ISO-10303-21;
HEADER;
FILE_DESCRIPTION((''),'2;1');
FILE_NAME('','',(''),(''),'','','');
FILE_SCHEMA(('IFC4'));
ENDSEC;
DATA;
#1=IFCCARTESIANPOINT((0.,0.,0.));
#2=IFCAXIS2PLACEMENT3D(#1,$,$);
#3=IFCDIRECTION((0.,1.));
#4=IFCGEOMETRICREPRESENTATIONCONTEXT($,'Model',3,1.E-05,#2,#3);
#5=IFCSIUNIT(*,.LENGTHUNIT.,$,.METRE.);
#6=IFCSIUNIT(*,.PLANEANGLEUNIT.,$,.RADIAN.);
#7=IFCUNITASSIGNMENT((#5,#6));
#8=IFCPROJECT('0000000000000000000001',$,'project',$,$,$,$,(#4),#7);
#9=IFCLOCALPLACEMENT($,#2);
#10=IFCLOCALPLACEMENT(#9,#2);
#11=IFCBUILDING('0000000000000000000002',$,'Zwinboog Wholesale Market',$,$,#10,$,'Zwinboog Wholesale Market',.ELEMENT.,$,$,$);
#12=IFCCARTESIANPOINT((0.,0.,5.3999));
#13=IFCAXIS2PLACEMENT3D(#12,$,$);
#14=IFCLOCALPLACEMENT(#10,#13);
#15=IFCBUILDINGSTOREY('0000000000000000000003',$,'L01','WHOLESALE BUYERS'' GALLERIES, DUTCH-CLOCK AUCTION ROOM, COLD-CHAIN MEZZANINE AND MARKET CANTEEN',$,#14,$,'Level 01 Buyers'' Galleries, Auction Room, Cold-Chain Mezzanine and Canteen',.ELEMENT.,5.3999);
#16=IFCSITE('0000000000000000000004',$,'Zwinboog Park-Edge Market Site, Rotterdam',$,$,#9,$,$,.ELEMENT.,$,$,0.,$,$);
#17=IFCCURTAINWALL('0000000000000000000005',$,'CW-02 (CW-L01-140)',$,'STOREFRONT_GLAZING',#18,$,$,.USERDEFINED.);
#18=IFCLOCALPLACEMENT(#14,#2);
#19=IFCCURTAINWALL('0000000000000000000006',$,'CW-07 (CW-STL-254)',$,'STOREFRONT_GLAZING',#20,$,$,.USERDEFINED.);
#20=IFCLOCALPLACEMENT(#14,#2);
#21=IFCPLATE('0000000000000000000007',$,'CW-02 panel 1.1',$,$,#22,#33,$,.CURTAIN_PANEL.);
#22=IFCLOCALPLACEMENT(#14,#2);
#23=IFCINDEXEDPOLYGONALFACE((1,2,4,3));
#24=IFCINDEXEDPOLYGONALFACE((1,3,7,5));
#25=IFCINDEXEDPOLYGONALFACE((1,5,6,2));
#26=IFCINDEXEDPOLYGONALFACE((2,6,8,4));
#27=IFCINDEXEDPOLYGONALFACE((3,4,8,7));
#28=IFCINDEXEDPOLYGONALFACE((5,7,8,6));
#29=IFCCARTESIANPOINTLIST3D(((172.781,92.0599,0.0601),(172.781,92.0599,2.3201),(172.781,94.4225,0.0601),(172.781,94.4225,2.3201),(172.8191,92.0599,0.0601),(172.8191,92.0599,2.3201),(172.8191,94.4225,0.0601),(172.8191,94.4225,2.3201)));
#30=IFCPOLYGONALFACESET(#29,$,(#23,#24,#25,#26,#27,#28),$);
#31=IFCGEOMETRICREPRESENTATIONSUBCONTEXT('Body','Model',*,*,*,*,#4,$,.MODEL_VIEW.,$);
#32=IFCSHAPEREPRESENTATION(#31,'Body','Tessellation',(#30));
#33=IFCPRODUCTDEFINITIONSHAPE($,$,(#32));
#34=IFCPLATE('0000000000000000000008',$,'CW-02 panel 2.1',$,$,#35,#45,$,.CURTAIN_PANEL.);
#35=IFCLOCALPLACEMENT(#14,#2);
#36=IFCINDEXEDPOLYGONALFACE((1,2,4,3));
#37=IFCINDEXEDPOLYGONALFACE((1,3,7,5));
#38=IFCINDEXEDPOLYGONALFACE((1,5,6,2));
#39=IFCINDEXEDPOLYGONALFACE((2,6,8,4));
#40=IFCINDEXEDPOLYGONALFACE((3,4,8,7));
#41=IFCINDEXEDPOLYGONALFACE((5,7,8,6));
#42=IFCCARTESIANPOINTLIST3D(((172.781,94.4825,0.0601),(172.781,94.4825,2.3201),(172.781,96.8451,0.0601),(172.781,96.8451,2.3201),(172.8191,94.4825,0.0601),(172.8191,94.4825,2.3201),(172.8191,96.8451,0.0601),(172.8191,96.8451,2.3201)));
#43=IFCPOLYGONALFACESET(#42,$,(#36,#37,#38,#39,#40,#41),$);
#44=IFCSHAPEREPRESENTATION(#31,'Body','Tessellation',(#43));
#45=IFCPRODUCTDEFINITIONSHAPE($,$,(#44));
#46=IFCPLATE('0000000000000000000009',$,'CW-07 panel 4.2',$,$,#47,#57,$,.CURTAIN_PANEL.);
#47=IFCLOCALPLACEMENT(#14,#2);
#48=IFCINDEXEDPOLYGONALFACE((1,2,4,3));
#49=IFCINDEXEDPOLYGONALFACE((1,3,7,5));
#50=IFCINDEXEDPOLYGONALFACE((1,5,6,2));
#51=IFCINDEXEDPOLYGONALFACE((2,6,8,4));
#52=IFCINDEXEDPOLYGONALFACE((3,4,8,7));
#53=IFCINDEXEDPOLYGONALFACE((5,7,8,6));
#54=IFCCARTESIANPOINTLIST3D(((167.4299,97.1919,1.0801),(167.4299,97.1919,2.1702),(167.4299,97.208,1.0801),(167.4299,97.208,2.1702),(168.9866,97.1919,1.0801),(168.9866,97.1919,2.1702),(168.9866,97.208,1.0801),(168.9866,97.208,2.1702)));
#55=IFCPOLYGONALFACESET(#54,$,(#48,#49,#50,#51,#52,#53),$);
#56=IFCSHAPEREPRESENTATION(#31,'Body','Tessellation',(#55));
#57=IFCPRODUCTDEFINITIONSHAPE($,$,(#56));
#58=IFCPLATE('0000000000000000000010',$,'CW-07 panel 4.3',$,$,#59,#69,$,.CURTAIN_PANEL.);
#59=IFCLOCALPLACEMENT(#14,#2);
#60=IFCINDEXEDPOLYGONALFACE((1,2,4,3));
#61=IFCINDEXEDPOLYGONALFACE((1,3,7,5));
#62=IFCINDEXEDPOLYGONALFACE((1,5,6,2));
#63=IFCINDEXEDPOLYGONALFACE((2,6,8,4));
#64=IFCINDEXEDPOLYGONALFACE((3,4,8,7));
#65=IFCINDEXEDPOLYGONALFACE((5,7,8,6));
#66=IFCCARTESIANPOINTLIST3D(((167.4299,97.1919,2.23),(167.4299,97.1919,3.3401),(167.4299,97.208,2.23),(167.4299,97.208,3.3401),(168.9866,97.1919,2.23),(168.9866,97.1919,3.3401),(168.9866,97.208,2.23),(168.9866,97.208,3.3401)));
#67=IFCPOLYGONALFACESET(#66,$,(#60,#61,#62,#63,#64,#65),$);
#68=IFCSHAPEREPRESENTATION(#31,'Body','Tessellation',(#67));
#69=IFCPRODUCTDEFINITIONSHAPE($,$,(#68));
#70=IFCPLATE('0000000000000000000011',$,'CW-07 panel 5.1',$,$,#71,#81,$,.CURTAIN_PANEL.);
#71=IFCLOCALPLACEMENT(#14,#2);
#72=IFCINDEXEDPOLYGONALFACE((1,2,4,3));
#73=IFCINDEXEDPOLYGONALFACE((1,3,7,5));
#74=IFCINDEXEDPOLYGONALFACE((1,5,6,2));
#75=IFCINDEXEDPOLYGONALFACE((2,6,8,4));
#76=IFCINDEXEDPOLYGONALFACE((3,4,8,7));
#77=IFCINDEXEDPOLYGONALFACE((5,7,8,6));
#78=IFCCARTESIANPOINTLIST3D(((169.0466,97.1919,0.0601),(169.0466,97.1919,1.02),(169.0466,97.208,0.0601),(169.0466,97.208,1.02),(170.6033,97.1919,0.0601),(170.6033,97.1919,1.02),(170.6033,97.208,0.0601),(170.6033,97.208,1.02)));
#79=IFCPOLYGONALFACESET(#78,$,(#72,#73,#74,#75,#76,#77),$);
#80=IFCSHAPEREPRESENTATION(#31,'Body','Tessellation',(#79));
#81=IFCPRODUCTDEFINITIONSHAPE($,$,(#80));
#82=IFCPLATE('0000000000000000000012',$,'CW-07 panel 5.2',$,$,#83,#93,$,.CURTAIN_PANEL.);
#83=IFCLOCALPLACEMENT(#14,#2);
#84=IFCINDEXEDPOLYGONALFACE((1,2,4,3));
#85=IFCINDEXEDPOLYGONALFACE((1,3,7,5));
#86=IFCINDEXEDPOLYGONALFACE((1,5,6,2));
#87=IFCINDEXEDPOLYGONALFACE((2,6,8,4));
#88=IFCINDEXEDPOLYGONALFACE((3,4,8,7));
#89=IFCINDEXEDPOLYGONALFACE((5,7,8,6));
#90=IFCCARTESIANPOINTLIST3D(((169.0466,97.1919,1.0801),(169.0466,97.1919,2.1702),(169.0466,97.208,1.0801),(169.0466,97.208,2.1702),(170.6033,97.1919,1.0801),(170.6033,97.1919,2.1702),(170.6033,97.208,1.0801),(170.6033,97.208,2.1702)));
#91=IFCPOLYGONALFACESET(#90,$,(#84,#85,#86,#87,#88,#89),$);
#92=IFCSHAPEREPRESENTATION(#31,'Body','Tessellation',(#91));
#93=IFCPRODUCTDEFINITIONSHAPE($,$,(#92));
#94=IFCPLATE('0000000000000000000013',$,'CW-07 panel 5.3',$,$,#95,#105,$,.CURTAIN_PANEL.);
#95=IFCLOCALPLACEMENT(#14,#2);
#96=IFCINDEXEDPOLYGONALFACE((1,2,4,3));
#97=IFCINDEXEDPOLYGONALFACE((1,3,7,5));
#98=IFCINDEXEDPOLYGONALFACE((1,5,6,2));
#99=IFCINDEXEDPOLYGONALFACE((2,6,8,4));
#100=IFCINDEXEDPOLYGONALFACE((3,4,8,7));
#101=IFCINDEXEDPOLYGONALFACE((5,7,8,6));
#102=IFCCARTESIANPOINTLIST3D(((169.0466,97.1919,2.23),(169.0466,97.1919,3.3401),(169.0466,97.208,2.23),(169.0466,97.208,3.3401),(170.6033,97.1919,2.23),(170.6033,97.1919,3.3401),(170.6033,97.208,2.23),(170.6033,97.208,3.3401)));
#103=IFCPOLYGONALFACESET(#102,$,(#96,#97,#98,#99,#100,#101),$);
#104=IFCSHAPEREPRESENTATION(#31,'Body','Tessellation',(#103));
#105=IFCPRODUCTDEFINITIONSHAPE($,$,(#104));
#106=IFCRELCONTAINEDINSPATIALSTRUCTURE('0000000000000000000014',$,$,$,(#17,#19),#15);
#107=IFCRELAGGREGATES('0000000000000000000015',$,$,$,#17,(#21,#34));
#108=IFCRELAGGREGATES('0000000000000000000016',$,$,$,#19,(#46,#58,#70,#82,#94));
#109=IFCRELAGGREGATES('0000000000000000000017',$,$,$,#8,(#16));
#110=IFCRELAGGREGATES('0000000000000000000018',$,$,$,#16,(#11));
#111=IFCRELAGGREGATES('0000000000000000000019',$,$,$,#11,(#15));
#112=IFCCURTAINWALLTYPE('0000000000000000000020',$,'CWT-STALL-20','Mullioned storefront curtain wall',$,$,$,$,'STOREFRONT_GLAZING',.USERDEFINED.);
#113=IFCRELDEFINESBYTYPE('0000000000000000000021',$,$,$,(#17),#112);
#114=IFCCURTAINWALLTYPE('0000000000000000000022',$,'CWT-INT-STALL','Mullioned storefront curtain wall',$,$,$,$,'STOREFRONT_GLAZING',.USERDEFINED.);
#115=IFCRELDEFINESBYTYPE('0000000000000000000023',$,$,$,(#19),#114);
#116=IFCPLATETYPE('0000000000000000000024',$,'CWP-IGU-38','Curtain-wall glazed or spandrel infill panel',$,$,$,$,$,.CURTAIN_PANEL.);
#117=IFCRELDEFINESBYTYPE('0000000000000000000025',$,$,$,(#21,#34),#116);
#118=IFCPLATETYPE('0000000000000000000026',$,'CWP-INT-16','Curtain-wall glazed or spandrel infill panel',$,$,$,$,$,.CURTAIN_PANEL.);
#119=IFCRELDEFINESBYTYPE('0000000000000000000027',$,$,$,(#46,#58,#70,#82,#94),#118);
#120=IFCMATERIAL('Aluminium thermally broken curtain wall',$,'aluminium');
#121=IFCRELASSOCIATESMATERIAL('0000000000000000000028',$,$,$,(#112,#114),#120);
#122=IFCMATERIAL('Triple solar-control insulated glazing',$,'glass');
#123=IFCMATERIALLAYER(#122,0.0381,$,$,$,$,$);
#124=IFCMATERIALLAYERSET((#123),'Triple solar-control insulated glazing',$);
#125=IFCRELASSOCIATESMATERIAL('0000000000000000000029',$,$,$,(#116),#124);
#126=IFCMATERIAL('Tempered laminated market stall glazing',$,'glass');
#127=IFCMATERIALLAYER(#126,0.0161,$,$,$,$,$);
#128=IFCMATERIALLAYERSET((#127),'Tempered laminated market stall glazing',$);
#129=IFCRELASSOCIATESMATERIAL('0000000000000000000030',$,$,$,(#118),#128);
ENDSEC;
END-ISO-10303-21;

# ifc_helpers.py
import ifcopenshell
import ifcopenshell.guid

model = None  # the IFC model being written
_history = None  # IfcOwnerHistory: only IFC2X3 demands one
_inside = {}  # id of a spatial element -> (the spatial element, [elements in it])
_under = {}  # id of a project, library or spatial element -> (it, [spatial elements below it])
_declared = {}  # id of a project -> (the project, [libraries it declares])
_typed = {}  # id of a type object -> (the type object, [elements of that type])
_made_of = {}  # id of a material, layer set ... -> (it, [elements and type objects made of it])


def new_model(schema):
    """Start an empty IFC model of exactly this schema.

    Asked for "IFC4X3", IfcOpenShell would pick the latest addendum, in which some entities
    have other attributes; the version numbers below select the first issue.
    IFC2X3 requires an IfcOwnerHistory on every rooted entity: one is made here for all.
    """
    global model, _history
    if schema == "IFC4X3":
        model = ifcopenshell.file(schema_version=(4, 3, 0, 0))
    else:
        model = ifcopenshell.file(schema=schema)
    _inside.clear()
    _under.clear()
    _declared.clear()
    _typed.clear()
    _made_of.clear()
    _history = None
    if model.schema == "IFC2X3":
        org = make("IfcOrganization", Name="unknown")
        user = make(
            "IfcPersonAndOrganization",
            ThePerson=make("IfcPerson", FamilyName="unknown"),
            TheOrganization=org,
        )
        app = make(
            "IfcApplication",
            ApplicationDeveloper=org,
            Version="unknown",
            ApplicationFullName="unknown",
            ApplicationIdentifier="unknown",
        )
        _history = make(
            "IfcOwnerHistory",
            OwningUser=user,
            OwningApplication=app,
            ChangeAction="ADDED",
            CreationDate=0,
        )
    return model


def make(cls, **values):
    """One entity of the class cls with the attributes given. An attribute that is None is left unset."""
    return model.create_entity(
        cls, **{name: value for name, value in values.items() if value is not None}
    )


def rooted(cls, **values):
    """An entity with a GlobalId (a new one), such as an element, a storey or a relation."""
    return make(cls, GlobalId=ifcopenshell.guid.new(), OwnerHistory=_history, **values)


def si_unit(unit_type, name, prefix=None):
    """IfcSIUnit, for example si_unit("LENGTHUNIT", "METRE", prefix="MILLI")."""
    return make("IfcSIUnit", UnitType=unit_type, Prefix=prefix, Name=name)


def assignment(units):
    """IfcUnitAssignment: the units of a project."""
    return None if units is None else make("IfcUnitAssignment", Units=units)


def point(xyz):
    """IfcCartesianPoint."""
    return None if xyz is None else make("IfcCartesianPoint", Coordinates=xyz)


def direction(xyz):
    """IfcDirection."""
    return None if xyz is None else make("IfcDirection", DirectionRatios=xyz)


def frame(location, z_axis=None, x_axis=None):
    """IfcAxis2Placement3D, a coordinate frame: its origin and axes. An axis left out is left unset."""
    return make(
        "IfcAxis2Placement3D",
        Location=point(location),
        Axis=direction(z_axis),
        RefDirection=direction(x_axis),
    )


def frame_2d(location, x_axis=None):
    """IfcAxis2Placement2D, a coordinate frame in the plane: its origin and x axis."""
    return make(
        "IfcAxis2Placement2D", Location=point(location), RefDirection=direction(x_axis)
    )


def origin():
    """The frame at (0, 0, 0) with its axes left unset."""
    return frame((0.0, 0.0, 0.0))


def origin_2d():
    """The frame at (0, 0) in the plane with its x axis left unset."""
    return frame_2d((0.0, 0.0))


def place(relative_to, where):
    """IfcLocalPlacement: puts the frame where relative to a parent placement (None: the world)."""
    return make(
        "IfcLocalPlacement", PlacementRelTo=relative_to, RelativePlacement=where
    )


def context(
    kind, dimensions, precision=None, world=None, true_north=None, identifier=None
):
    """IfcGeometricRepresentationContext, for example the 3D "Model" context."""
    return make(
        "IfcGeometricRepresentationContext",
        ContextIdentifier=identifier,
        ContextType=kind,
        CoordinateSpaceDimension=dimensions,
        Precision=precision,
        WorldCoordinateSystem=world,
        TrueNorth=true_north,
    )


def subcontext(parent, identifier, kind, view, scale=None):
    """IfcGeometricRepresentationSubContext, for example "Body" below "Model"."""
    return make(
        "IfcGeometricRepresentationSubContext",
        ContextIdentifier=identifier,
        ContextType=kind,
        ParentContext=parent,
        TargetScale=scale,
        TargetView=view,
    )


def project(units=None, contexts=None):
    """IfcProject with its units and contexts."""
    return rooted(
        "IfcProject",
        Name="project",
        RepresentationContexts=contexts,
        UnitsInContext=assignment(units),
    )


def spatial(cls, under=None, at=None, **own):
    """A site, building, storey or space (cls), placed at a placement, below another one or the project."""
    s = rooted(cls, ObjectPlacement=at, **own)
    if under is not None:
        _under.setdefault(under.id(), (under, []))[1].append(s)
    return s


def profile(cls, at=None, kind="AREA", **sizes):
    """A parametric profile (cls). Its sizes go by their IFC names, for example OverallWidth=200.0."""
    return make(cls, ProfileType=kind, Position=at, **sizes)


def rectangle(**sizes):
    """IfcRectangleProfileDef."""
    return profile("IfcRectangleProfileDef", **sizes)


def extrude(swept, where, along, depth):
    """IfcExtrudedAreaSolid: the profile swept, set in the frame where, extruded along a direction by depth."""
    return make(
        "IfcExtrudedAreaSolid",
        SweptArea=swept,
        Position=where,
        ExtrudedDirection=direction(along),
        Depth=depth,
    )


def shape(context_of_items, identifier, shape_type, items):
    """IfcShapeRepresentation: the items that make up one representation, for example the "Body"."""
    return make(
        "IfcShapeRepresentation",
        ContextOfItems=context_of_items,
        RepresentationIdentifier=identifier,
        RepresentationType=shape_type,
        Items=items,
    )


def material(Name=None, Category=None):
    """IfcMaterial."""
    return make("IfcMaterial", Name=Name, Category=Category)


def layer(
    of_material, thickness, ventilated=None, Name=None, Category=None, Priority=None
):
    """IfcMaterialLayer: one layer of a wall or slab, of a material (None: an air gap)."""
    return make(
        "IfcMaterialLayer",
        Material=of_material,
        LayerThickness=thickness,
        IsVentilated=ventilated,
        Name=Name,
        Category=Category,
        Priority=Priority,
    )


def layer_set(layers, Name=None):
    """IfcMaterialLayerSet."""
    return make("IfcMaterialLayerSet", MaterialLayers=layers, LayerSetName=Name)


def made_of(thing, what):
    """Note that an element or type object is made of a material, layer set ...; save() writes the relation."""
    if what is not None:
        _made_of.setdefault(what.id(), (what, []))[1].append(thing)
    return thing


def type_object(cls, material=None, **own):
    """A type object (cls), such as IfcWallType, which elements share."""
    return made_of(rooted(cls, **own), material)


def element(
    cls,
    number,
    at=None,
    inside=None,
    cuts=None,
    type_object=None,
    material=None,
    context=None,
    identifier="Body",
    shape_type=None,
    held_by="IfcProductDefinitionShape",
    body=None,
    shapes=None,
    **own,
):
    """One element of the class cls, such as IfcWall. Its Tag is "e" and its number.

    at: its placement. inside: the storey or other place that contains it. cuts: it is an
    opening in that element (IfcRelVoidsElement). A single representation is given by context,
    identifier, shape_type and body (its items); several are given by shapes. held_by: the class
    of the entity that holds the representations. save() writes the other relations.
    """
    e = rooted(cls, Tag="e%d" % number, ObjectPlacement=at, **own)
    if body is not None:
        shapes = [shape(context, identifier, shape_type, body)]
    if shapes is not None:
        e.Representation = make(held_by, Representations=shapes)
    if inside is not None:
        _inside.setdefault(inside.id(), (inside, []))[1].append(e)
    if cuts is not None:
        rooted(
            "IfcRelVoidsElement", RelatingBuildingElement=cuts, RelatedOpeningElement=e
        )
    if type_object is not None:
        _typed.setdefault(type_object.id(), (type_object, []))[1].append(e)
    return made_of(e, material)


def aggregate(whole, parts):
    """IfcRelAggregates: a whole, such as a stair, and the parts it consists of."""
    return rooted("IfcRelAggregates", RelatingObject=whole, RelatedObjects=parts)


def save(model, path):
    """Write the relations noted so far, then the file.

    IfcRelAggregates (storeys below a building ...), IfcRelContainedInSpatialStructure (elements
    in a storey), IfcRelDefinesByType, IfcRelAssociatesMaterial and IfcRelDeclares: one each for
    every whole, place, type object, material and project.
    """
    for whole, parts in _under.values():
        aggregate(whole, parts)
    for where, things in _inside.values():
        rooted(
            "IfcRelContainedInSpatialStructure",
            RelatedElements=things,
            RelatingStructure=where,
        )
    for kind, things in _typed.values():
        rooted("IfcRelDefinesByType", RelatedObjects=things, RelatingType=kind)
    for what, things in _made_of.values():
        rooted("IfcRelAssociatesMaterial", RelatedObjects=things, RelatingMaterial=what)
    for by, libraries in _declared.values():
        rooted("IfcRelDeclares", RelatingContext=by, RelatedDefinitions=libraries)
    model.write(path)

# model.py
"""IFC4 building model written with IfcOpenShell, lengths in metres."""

from ifc_helpers import new_model, si_unit, direction, frame, origin, origin_2d, place, context, subcontext, project, spatial, rectangle, extrude, material, layer, layer_set, type_object, element, aggregate, save


model = new_model("IFC4")

# Units and contexts
model_context = context("Model", 3, precision=1e-05, world=origin(), true_north=direction((0.0, 1.0)))
body_context = subcontext(model_context, "Body", "Model", "MODEL_VIEW")
ifc_project = project(units=[si_unit("LENGTHUNIT", "METRE"), si_unit("PLANEANGLEUNIT", "RADIAN")], contexts=[model_context])

# Site, building, storey
site_placement = place(None, origin())
site = spatial("IfcSite", under=ifc_project, at=site_placement, Name="Zwinboog Park-Edge Market Site, Rotterdam", CompositionType="ELEMENT", RefElevation=0.0)
building_placement = place(site_placement, origin())
building = spatial("IfcBuilding", under=site, at=building_placement, Name="Zwinboog Wholesale Market", LongName="Zwinboog Wholesale Market", CompositionType="ELEMENT")
storey_placement = place(building_placement, frame((0.0, 0.0, 5.3999)))
storey = spatial("IfcBuildingStorey", under=building, at=storey_placement, Name="L01", Description="WHOLESALE BUYERS' GALLERIES, DUTCH-CLOCK AUCTION ROOM, COLD-CHAIN MEZZANINE AND MARKET CANTEEN", LongName="Level 01 Buyers' Galleries, Auction Room, Cold-Chain Mezzanine and Canteen", CompositionType="ELEMENT", Elevation=5.3999)

# Curtain walls
ifc_material_1 = material(Name="Aluminium thermally broken curtain wall", Category="aluminium")
curtain_wall_type_1 = type_object("IfcCurtainWallType", Name="CWT-STALL-20", Description="Mullioned storefront curtain wall", ElementType="STOREFRONT_GLAZING", PredefinedType="USERDEFINED", material=ifc_material_1)
curtain_wall_1_placement = place(storey_placement, origin())
curtain_wall_1 = element("IfcCurtainWall", 1, at=curtain_wall_1_placement, inside=storey, type_object=curtain_wall_type_1, Name="CW-02 (CW-L01-140)", ObjectType="STOREFRONT_GLAZING", PredefinedType="USERDEFINED")
curtain_wall_type_2 = type_object("IfcCurtainWallType", Name="CWT-INT-STALL", Description="Mullioned storefront curtain wall", ElementType="STOREFRONT_GLAZING", PredefinedType="USERDEFINED", material=ifc_material_1)
curtain_wall_2_placement = place(storey_placement, origin())
curtain_wall_2 = element("IfcCurtainWall", 2, at=curtain_wall_2_placement, inside=storey, type_object=curtain_wall_type_2, Name="CW-07 (CW-STL-254)", ObjectType="STOREFRONT_GLAZING", PredefinedType="USERDEFINED")

# Plates
ifc_material_2 = material(Name="Triple solar-control insulated glazing", Category="glass")
ifc_layer_1 = layer(ifc_material_2, 0.0381)
ifc_layer_set_1 = layer_set([ifc_layer_1], Name="Triple solar-control insulated glazing")
plate_type_1 = type_object("IfcPlateType", Name="CWP-IGU-38", Description="Curtain-wall glazed or spandrel infill panel", PredefinedType="CURTAIN_PANEL", material=ifc_layer_set_1)
plate_1_placement = place(storey_placement, frame((172.8, 93.2412, 0.0601), z_axis=(0.0, 0.0, 1.0), x_axis=(0.0, 1.0, 0.0)))
plate_1 = element("IfcPlate", 3, at=plate_1_placement, type_object=plate_type_1, Name="CW-02 panel 1.1", PredefinedType="CURTAIN_PANEL", context=body_context, shape_type="SweptSolid", body=[
    extrude(rectangle(XDim=2.3625, YDim=0.0381, at=origin_2d()), origin(), (0.0, 0.0, 1.0), 2.26),
])
plate_2_placement = place(storey_placement, frame((172.8, 95.6638, 0.0601), z_axis=(0.0, 0.0, 1.0), x_axis=(0.0, 1.0, 0.0)))
plate_2 = element("IfcPlate", 4, at=plate_2_placement, type_object=plate_type_1, Name="CW-02 panel 2.1", PredefinedType="CURTAIN_PANEL", context=body_context, shape_type="SweptSolid", body=[
    extrude(rectangle(XDim=2.3625, YDim=0.0381, at=origin_2d()), origin(), (0.0, 0.0, 1.0), 2.26),
])
aggregate(curtain_wall_1, [plate_1, plate_2])
ifc_material_3 = material(Name="Tempered laminated market stall glazing", Category="glass")
ifc_layer_2 = layer(ifc_material_3, 0.0161)
ifc_layer_set_2 = layer_set([ifc_layer_2], Name="Tempered laminated market stall glazing")
plate_type_2 = type_object("IfcPlateType", Name="CWP-INT-16", Description="Curtain-wall glazed or spandrel infill panel", PredefinedType="CURTAIN_PANEL", material=ifc_layer_set_2)
plate_3_placement = place(storey_placement, frame((168.2083, 97.2, 1.0801), z_axis=(0.0, 0.0, 1.0), x_axis=(1.0, 0.0, 0.0)))
plate_3 = element("IfcPlate", 5, at=plate_3_placement, type_object=plate_type_2, Name="CW-07 panel 4.2", PredefinedType="CURTAIN_PANEL", context=body_context, shape_type="SweptSolid", body=[
    extrude(rectangle(XDim=1.5566, YDim=0.0161, at=origin_2d()), origin(), (0.0, 0.0, 1.0), 1.0901),
])
plate_4_placement = place(storey_placement, frame((168.2083, 97.2, 2.23), z_axis=(0.0, 0.0, 1.0), x_axis=(1.0, 0.0, 0.0)))
plate_4 = element("IfcPlate", 6, at=plate_4_placement, type_object=plate_type_2, Name="CW-07 panel 4.3", PredefinedType="CURTAIN_PANEL", context=body_context, shape_type="SweptSolid", body=[
    extrude(rectangle(XDim=1.5566, YDim=0.0161, at=origin_2d()), origin(), (0.0, 0.0, 1.0), 1.1101),
])
plate_5_placement = place(storey_placement, frame((169.825, 97.2, 0.0601), z_axis=(0.0, 0.0, 1.0), x_axis=(1.0, 0.0, 0.0)))
plate_5 = element("IfcPlate", 7, at=plate_5_placement, type_object=plate_type_2, Name="CW-07 panel 5.1", PredefinedType="CURTAIN_PANEL", context=body_context, shape_type="SweptSolid", body=[
    extrude(rectangle(XDim=1.5566, YDim=0.0161, at=origin_2d()), origin(), (0.0, 0.0, 1.0), 0.96),
])
plate_6_placement = place(storey_placement, frame((169.825, 97.2, 1.0801), z_axis=(0.0, 0.0, 1.0), x_axis=(1.0, 0.0, 0.0)))
plate_6 = element("IfcPlate", 8, at=plate_6_placement, type_object=plate_type_2, Name="CW-07 panel 5.2", PredefinedType="CURTAIN_PANEL", context=body_context, shape_type="SweptSolid", body=[
    extrude(rectangle(XDim=1.5566, YDim=0.0161, at=origin_2d()), origin(), (0.0, 0.0, 1.0), 1.0901),
])
plate_7_placement = place(storey_placement, frame((169.825, 97.2, 2.23), z_axis=(0.0, 0.0, 1.0), x_axis=(1.0, 0.0, 0.0)))
plate_7 = element("IfcPlate", 9, at=plate_7_placement, type_object=plate_type_2, Name="CW-07 panel 5.3", PredefinedType="CURTAIN_PANEL", context=body_context, shape_type="SweptSolid", body=[
    extrude(rectangle(XDim=1.5566, YDim=0.0161, at=origin_2d()), origin(), (0.0, 0.0, 1.0), 1.1101),
])
aggregate(curtain_wall_2, [plate_3, plate_4, plate_5, plate_6, plate_7])

save(model, "model.ifc")
